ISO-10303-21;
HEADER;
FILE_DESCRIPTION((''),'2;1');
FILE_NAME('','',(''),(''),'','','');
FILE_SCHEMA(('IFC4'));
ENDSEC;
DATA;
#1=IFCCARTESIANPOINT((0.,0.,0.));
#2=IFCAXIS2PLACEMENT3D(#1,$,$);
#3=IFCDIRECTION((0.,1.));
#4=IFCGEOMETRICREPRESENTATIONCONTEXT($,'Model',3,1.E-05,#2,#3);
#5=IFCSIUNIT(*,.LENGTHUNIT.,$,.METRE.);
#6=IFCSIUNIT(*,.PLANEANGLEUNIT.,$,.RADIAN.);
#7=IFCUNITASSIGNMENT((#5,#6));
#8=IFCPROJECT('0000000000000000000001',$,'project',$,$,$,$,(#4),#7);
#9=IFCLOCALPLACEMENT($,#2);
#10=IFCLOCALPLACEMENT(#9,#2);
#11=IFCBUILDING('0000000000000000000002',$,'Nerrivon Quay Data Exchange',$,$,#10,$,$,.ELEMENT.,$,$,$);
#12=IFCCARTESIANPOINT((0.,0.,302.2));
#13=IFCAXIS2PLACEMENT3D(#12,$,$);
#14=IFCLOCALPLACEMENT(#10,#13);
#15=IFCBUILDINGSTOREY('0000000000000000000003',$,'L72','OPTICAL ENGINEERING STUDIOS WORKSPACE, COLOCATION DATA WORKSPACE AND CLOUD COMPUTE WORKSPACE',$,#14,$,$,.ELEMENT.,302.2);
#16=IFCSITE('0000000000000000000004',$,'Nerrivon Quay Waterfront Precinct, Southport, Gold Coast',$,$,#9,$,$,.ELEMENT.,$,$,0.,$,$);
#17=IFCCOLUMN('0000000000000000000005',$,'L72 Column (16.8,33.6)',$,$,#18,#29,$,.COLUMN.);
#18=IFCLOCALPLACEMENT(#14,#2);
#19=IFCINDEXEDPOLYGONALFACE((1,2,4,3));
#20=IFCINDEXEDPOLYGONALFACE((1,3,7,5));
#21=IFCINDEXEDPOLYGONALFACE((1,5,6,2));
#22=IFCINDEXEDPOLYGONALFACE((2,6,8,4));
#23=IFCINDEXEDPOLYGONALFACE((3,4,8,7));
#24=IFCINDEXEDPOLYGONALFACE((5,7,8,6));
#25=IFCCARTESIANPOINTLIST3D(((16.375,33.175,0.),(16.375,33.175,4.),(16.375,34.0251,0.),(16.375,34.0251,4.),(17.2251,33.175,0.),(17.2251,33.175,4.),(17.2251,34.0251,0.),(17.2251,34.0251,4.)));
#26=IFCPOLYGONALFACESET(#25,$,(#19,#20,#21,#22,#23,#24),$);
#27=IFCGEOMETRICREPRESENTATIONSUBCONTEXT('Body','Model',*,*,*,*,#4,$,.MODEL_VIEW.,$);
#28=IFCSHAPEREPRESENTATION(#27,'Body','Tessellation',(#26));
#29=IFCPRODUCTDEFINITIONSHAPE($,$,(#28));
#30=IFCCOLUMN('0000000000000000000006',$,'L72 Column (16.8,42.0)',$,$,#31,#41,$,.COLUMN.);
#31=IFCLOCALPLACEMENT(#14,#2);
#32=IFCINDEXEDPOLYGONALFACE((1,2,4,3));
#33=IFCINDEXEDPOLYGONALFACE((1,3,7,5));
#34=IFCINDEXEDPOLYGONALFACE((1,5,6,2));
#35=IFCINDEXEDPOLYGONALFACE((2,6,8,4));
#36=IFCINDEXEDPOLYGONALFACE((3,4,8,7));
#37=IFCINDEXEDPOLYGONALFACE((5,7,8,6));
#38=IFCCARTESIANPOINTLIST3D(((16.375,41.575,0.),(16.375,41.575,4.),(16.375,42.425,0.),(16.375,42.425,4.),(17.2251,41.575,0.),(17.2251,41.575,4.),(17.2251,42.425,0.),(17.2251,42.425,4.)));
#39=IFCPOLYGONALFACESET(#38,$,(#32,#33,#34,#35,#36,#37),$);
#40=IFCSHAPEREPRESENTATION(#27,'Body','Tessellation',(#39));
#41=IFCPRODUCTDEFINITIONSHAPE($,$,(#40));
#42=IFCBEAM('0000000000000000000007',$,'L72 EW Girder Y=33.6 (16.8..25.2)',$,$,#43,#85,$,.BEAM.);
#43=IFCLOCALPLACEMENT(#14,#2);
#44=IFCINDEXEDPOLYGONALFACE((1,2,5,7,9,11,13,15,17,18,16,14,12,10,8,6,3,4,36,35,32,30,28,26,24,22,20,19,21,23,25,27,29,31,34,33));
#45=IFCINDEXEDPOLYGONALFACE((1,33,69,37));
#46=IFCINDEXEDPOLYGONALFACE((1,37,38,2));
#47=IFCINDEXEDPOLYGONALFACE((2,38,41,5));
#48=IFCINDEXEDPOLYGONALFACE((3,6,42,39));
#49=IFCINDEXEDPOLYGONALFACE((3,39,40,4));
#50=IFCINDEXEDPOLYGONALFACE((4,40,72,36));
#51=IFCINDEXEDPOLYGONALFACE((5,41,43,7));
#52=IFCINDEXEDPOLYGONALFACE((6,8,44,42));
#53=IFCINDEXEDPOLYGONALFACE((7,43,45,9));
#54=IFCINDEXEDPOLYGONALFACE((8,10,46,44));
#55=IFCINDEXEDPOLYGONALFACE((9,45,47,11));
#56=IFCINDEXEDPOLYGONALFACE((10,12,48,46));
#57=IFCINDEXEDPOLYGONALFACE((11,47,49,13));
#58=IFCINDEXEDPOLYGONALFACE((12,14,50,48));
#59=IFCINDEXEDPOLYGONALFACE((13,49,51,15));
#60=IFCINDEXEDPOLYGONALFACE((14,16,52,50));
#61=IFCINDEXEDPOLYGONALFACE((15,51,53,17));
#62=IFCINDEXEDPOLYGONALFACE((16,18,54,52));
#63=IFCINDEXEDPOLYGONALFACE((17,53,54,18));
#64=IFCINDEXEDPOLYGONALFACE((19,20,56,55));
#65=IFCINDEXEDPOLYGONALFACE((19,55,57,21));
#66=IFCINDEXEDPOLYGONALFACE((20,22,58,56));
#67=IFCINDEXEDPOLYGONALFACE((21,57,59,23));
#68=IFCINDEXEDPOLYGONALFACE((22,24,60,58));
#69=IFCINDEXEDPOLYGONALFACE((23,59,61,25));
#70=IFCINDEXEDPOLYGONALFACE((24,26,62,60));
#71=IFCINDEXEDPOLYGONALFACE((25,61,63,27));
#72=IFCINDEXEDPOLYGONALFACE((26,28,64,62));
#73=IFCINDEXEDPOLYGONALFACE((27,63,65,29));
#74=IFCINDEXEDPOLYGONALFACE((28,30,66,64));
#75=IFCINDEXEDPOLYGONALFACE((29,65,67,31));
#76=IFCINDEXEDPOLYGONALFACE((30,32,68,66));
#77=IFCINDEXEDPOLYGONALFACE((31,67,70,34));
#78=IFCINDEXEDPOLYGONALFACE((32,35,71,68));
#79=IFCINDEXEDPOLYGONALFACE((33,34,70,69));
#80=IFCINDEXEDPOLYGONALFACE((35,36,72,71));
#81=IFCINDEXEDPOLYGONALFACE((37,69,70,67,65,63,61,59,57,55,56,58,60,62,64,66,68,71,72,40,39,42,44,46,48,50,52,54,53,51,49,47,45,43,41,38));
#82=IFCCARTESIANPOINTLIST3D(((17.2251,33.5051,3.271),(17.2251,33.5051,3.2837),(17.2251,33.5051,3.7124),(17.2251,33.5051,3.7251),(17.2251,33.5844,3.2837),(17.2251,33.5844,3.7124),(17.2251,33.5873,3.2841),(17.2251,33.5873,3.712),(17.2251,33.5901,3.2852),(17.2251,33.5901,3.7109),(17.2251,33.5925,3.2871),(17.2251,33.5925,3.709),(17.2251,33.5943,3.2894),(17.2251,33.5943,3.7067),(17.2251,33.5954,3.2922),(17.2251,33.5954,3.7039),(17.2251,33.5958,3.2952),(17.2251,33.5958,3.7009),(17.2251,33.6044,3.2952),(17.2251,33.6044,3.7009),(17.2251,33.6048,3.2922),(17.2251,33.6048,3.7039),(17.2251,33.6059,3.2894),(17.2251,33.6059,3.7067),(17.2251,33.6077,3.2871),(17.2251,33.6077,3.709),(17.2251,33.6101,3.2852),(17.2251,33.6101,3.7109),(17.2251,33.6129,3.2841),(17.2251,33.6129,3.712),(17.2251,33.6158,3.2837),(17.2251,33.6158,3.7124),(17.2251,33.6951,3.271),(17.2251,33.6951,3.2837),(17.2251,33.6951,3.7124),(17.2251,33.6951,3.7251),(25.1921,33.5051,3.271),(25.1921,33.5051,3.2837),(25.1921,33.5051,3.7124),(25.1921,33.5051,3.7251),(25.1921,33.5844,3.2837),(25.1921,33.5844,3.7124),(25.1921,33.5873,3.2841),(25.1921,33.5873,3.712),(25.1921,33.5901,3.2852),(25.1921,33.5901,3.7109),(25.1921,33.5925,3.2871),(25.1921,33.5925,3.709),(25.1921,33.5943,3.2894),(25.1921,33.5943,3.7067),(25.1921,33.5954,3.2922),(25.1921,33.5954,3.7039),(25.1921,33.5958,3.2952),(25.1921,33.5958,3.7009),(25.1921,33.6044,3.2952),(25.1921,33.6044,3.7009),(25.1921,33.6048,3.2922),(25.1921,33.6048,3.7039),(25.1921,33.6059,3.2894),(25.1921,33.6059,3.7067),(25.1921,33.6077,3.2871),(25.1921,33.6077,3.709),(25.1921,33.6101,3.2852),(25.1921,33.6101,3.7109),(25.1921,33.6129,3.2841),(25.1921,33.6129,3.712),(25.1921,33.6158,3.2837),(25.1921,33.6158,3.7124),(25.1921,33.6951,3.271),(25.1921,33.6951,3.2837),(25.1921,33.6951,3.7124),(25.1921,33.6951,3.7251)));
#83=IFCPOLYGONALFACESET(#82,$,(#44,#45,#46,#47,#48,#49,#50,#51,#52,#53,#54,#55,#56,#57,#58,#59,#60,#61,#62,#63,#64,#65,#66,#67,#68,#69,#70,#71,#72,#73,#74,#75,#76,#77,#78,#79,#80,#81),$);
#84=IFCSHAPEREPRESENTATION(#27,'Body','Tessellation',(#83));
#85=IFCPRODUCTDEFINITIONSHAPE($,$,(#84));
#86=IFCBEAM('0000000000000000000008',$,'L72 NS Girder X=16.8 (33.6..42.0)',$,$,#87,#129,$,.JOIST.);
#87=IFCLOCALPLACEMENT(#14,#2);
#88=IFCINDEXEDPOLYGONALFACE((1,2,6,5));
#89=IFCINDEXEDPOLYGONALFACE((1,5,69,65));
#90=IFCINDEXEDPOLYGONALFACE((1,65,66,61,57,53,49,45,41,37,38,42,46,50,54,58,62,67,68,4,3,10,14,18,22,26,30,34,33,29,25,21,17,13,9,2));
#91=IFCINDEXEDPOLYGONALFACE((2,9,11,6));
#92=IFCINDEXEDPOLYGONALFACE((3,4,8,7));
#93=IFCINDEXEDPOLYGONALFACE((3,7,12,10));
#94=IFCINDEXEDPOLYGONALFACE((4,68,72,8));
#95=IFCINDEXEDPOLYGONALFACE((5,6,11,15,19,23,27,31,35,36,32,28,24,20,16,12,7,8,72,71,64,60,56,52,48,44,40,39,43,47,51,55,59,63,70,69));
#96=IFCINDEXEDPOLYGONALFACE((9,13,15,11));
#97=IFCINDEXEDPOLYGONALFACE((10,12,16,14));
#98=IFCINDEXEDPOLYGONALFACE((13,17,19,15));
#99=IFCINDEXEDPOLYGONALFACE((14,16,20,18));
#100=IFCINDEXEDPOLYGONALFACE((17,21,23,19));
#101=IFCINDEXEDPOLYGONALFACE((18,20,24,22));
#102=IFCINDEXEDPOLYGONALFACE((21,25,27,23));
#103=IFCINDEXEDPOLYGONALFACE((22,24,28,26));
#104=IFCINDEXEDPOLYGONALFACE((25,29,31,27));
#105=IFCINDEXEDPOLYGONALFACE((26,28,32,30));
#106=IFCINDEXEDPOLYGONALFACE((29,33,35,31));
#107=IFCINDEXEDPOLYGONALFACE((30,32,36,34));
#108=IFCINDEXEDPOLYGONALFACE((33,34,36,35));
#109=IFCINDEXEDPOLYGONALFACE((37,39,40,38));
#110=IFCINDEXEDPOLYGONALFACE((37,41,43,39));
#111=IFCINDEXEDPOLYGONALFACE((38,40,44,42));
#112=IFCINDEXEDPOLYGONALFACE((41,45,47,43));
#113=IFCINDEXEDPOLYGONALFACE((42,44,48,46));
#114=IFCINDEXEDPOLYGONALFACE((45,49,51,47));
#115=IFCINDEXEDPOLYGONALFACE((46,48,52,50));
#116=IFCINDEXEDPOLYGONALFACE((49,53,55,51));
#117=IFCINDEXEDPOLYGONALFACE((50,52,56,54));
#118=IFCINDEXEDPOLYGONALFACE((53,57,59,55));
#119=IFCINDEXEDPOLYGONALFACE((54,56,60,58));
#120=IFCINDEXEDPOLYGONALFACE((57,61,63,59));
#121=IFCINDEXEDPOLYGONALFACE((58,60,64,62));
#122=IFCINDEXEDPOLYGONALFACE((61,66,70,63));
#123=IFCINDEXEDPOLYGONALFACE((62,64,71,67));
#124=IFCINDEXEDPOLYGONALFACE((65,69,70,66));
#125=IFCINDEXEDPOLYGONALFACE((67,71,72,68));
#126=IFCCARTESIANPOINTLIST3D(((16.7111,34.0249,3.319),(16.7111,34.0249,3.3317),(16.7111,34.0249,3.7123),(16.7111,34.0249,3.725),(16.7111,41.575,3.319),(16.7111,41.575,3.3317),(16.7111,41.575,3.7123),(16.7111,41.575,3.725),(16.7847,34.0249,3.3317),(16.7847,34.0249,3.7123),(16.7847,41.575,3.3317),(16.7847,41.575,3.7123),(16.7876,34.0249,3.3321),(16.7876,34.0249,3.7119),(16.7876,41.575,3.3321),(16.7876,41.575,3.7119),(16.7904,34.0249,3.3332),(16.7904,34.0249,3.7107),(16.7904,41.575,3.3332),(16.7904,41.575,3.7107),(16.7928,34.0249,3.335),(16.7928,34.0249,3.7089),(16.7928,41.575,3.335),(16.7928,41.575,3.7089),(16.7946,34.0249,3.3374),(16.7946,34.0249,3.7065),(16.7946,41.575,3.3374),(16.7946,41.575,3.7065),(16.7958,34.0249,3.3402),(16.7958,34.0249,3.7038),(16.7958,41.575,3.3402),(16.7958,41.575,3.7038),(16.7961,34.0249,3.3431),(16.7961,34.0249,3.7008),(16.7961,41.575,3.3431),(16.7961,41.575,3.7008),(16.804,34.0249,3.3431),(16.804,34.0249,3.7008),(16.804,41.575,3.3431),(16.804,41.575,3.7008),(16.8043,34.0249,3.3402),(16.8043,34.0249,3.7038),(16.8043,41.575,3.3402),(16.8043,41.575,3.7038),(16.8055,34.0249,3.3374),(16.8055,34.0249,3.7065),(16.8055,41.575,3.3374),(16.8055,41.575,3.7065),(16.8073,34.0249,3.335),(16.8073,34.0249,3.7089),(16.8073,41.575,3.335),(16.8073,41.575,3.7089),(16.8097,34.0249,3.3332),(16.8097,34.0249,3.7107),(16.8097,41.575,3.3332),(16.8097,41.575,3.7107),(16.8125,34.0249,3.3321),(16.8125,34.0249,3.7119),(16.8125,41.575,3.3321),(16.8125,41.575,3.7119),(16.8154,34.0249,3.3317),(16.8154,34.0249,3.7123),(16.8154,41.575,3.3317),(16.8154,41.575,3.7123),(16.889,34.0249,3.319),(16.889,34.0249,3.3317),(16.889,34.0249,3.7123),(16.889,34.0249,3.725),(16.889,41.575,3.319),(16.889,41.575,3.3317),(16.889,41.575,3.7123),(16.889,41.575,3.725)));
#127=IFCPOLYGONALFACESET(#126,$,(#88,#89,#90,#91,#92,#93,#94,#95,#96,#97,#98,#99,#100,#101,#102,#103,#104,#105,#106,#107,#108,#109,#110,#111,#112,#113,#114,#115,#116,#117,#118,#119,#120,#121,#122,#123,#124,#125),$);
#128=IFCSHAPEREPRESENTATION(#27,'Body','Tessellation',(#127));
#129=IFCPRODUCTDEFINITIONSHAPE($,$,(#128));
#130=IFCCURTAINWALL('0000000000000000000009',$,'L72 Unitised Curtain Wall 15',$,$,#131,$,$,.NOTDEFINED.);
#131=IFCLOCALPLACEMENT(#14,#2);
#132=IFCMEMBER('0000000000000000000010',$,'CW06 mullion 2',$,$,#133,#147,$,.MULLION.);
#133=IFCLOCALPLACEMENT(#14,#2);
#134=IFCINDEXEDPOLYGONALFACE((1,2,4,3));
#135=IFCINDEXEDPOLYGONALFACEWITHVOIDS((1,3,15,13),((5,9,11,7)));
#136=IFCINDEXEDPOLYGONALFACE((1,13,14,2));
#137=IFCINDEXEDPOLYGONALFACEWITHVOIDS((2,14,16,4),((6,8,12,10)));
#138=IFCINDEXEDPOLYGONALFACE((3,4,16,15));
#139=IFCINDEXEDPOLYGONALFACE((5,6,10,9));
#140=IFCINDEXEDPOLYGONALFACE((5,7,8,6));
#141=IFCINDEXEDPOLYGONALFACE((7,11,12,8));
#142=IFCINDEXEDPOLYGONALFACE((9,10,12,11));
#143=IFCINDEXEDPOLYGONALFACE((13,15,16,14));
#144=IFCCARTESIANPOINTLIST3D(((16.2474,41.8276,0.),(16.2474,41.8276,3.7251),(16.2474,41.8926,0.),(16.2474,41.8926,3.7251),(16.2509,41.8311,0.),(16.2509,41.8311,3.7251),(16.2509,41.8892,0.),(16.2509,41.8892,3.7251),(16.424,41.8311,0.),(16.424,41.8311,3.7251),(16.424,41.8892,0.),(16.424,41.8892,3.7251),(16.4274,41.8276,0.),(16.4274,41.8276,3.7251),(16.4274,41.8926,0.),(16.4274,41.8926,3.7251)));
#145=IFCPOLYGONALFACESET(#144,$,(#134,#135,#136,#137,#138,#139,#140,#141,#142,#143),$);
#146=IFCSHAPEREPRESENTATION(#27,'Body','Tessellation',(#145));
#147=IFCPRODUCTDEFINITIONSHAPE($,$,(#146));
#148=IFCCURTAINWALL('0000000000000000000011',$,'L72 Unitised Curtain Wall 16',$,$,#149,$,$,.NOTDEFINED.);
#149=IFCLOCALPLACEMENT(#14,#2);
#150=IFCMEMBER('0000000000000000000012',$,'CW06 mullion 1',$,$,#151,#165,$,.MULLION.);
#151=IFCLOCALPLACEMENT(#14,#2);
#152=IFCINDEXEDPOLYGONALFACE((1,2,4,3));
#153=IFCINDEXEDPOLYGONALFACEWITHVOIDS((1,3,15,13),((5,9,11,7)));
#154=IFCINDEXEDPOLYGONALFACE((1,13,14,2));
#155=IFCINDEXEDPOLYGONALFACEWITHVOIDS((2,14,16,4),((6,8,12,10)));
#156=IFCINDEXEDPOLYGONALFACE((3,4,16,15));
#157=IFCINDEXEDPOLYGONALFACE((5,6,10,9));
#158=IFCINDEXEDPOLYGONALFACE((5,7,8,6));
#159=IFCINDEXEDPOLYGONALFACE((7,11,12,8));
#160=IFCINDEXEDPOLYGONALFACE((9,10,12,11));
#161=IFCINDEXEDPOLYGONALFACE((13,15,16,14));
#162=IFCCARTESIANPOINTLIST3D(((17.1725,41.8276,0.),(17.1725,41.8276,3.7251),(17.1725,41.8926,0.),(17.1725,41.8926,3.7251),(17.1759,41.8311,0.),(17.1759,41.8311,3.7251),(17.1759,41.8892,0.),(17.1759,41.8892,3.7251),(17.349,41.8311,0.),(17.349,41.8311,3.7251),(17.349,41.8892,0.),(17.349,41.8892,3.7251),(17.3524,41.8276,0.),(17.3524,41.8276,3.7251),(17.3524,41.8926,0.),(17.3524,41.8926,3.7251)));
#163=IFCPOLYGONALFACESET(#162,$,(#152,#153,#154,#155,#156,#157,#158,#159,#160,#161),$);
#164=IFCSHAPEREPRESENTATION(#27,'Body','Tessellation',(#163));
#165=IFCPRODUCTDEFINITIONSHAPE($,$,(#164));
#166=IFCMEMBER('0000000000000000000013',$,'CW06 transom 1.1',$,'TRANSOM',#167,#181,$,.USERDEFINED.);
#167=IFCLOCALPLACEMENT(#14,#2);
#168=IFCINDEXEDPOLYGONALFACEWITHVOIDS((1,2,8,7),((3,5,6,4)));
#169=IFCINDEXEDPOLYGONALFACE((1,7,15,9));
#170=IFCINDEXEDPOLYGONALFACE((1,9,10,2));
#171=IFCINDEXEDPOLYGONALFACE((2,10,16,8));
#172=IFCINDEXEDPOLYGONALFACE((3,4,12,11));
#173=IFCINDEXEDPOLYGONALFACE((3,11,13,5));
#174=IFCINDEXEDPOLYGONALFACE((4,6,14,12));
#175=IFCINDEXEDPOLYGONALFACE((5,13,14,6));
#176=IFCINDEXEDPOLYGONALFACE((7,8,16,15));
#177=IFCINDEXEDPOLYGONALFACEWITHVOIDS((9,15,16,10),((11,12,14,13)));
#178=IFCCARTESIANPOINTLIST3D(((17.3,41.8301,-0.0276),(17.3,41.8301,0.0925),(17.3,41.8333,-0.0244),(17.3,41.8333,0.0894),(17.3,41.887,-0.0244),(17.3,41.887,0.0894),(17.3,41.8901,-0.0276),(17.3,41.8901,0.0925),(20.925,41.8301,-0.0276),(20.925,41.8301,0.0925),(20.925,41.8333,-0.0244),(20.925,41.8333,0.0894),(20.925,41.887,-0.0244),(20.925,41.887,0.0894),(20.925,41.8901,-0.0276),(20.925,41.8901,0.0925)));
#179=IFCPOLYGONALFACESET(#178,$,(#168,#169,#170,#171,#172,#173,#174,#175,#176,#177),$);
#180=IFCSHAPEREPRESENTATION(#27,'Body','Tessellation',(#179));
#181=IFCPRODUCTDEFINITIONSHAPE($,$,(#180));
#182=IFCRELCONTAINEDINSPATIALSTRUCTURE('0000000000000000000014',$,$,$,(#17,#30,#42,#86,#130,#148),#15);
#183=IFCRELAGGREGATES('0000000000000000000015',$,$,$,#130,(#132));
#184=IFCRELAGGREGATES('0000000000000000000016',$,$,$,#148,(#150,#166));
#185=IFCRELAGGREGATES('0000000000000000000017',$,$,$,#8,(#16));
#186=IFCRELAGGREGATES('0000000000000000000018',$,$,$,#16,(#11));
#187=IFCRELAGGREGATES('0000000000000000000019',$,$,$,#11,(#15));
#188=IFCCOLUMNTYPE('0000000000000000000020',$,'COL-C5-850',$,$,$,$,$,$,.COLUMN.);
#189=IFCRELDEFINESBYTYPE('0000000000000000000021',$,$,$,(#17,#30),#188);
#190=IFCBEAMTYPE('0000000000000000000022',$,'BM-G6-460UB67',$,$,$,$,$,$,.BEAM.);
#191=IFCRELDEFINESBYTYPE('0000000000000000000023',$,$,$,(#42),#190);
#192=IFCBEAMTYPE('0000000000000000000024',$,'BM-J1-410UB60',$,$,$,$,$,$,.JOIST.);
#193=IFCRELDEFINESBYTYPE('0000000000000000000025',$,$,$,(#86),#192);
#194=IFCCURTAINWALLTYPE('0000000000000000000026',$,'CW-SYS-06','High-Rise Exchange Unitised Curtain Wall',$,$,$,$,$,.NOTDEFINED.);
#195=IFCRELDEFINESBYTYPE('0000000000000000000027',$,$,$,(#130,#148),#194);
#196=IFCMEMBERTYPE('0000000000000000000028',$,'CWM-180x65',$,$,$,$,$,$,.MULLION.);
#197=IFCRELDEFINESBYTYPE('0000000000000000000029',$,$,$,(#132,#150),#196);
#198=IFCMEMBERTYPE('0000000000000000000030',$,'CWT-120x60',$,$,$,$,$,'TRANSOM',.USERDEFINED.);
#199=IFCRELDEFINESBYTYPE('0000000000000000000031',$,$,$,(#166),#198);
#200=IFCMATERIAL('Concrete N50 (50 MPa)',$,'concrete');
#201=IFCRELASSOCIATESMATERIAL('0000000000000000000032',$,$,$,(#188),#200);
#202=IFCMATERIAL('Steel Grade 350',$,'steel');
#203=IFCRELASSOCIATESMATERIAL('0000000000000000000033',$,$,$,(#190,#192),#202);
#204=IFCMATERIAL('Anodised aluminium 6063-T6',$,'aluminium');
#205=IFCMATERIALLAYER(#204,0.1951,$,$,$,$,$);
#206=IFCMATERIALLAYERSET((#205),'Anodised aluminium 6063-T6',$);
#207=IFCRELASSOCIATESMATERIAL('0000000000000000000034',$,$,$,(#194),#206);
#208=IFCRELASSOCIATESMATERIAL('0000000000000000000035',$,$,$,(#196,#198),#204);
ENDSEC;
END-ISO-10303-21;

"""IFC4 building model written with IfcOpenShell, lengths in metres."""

from ifc_helpers import new_model, si_unit, direction, frame, origin, origin_2d, place, context, subcontext, project, spatial, rectangle, hollow_rectangle, i_section, extrude, material, layer, layer_set, material_profile, profile_set, type_object, element, aggregate, save


model = new_model("IFC4")

# Units and contexts
model_context = context("Model", 3, precision=1e-05, world=origin(), true_north=direction((0.0, 1.0)))
body_context = subcontext(model_context, "Body", "Model", "MODEL_VIEW")
ifc_project = project(units=[si_unit("LENGTHUNIT", "METRE"), si_unit("PLANEANGLEUNIT", "RADIAN")], contexts=[model_context])

# Site, building, storey
site_placement = place(None, origin())
site = spatial("IfcSite", under=ifc_project, at=site_placement, Name="Nerrivon Quay Waterfront Precinct, Southport, Gold Coast", CompositionType="ELEMENT", RefElevation=0.0)
building_placement = place(site_placement, origin())
building = spatial("IfcBuilding", under=site, at=building_placement, Name="Nerrivon Quay Data Exchange", CompositionType="ELEMENT")
storey_placement = place(building_placement, frame((0.0, 0.0, 302.2)))
storey = spatial("IfcBuildingStorey", under=building, at=storey_placement, Name="L72", Description="OPTICAL ENGINEERING STUDIOS WORKSPACE, COLOCATION DATA WORKSPACE AND CLOUD COMPUTE WORKSPACE", CompositionType="ELEMENT", Elevation=302.2)

# Columns
ifc_material_1 = material(Name="Concrete N50 (50 MPa)", Category="concrete")
ifc_material_profile_1 = material_profile(ifc_material_1, rectangle(XDim=0.8501, YDim=0.8501, at=origin_2d()), Name="RC-COL-850x850")
ifc_profile_set_1 = profile_set([ifc_material_profile_1], Name="Concrete N50 (50 MPa)")
column_type = type_object("IfcColumnType", Name="COL-C5-850", PredefinedType="COLUMN", material=ifc_profile_set_1)
for number, where, z_axis, x_axis, name in (
    (1, (16.8, 33.6001, 0.0), (0.0, 0.0, 1.0), (1.0, 0.0, 0.0), "L72 Column (16.8,33.6)"),
    (2, (16.8, 42.0, 0.0), (0.0, 0.0, 1.0), (1.0, 0.0, 0.0), "L72 Column (16.8,42.0)"),
):
    element("IfcColumn", number, at=place(storey_placement, frame(where, z_axis=z_axis, x_axis=x_axis)), inside=storey, type_object=column_type, Name=name, PredefinedType="COLUMN", context=body_context, shape_type="SweptSolid", body=[
        extrude(rectangle(XDim=0.8501, YDim=0.8501, at=origin_2d()), origin(), (0.0, 0.0, 1.0), 4.0),
    ])

# Beams
ifc_material_2 = material(Name="Steel Grade 350", Category="steel")
ifc_material_profile_2 = material_profile(ifc_material_2, i_section(OverallWidth=0.1899, OverallDepth=0.4541, WebThickness=0.0085, FlangeThickness=0.0127, FilletRadius=0.0115, at=origin_2d()), Name="460UB67.1")
ifc_profile_set_2 = profile_set([ifc_material_profile_2], Name="Steel Grade 350")
beam_type_1 = type_object("IfcBeamType", Name="BM-G6-460UB67", PredefinedType="BEAM", material=ifc_profile_set_2)
beam_1_placement = place(storey_placement, frame((17.2251, 33.6001, 3.498), z_axis=(1.0, 0.0, 0.0), x_axis=(0.0, 1.0, 0.0)))
element("IfcBeam", 3, at=beam_1_placement, inside=storey, type_object=beam_type_1, Name="L72 EW Girder Y=33.6 (16.8..25.2)", PredefinedType="BEAM", context=body_context, shape_type="SweptSolid", body=[
    extrude(i_section(OverallWidth=0.1899, OverallDepth=0.4541, WebThickness=0.0085, FlangeThickness=0.0127, FilletRadius=0.0115, at=origin_2d()), origin(), (0.0, 0.0, 1.0), 7.967),
])
ifc_material_profile_3 = material_profile(ifc_material_2, i_section(OverallWidth=0.178, OverallDepth=0.406, WebThickness=0.0078, FlangeThickness=0.0127, FilletRadius=0.0115, at=origin_2d()), Name="410UB59.7")
ifc_profile_set_3 = profile_set([ifc_material_profile_3], Name="Steel Grade 350")
beam_type_2 = type_object("IfcBeamType", Name="BM-J1-410UB60", PredefinedType="JOIST", material=ifc_profile_set_3)
beam_2_placement = place(storey_placement, frame((16.8, 34.0249, 3.522), z_axis=(0.0, 1.0, 0.0), x_axis=(-1.0, 0.0, 0.0)))
element("IfcBeam", 4, at=beam_2_placement, inside=storey, type_object=beam_type_2, Name="L72 NS Girder X=16.8 (33.6..42.0)", PredefinedType="JOIST", context=body_context, shape_type="SweptSolid", body=[
    extrude(i_section(OverallWidth=0.178, OverallDepth=0.406, WebThickness=0.0078, FlangeThickness=0.0127, FilletRadius=0.0115, at=origin_2d()), origin(), (0.0, 0.0, 1.0), 7.55),
])

# Curtain wall, member
ifc_material_3 = material(Name="Anodised aluminium 6063-T6", Category="aluminium")
ifc_layer_1 = layer(ifc_material_3, 0.1951)
ifc_layer_set_1 = layer_set([ifc_layer_1], Name="Anodised aluminium 6063-T6")
curtain_wall_type = type_object("IfcCurtainWallType", Name="CW-SYS-06", Description="High-Rise Exchange Unitised Curtain Wall", PredefinedType="NOTDEFINED", material=ifc_layer_set_1)
curtain_wall_1_placement = place(storey_placement, origin())
curtain_wall_1 = element("IfcCurtainWall", 5, at=curtain_wall_1_placement, inside=storey, type_object=curtain_wall_type, Name="L72 Unitised Curtain Wall 15", PredefinedType="NOTDEFINED")
ifc_material_profile_4 = material_profile(ifc_material_3, hollow_rectangle(XDim=0.0649, YDim=0.1799, WallThickness=0.0034, at=origin_2d()), Name="ALU-MULL-180x65")
ifc_profile_set_4 = profile_set([ifc_material_profile_4], Name="Anodised aluminium 6063-T6")
member_type_1 = type_object("IfcMemberType", Name="CWM-180x65", PredefinedType="MULLION", material=ifc_profile_set_4)
member_1_placement = place(storey_placement, frame((16.3374, 41.8601, 0.0), z_axis=(0.0, 0.0, 1.0), x_axis=(0.0, 1.0, 0.0)))
member_1 = element("IfcMember", 6, at=member_1_placement, type_object=member_type_1, Name="CW06 mullion 2", PredefinedType="MULLION", context=body_context, shape_type="SweptSolid", body=[
    extrude(hollow_rectangle(XDim=0.0649, YDim=0.1799, WallThickness=0.0034, at=origin_2d()), origin(), (0.0, 0.0, 1.0), 3.7251),
])

# Curtain wall, members
curtain_wall_2_placement = place(storey_placement, origin())
curtain_wall_2 = element("IfcCurtainWall", 7, at=curtain_wall_2_placement, inside=storey, type_object=curtain_wall_type, Name="L72 Unitised Curtain Wall 16", PredefinedType="NOTDEFINED")
member_2_placement = place(storey_placement, frame((17.2625, 41.8601, 0.0), z_axis=(0.0, 0.0, 1.0), x_axis=(0.0, 1.0, 0.0)))
member_2 = element("IfcMember", 8, at=member_2_placement, type_object=member_type_1, Name="CW06 mullion 1", PredefinedType="MULLION", context=body_context, shape_type="SweptSolid", body=[
    extrude(hollow_rectangle(XDim=0.0649, YDim=0.1799, WallThickness=0.0034, at=origin_2d()), origin(), (0.0, 0.0, 1.0), 3.7251),
])
ifc_material_profile_5 = material_profile(ifc_material_3, hollow_rectangle(XDim=0.0601, YDim=0.1201, WallThickness=0.0032, at=origin_2d()), Name="ALU-TRAN-120x60")
ifc_profile_set_5 = profile_set([ifc_material_profile_5], Name="Anodised aluminium 6063-T6")
member_type_2 = type_object("IfcMemberType", Name="CWT-120x60", ElementType="TRANSOM", PredefinedType="USERDEFINED", material=ifc_profile_set_5)
member_3_placement = place(storey_placement, frame((17.3, 41.8601, 0.0325), z_axis=(1.0, 0.0, 0.0), x_axis=(0.0, 1.0, 0.0)))
member_3 = element("IfcMember", 9, at=member_3_placement, type_object=member_type_2, Name="CW06 transom 1.1", ObjectType="TRANSOM", PredefinedType="USERDEFINED", context=body_context, shape_type="SweptSolid", body=[
    extrude(hollow_rectangle(XDim=0.0601, YDim=0.1201, WallThickness=0.0032, at=origin_2d()), origin(), (0.0, 0.0, 1.0), 3.625),
])

aggregate(curtain_wall_1, [member_1])
aggregate(curtain_wall_2, [member_2, member_3])

save(model, "model.ifc")
